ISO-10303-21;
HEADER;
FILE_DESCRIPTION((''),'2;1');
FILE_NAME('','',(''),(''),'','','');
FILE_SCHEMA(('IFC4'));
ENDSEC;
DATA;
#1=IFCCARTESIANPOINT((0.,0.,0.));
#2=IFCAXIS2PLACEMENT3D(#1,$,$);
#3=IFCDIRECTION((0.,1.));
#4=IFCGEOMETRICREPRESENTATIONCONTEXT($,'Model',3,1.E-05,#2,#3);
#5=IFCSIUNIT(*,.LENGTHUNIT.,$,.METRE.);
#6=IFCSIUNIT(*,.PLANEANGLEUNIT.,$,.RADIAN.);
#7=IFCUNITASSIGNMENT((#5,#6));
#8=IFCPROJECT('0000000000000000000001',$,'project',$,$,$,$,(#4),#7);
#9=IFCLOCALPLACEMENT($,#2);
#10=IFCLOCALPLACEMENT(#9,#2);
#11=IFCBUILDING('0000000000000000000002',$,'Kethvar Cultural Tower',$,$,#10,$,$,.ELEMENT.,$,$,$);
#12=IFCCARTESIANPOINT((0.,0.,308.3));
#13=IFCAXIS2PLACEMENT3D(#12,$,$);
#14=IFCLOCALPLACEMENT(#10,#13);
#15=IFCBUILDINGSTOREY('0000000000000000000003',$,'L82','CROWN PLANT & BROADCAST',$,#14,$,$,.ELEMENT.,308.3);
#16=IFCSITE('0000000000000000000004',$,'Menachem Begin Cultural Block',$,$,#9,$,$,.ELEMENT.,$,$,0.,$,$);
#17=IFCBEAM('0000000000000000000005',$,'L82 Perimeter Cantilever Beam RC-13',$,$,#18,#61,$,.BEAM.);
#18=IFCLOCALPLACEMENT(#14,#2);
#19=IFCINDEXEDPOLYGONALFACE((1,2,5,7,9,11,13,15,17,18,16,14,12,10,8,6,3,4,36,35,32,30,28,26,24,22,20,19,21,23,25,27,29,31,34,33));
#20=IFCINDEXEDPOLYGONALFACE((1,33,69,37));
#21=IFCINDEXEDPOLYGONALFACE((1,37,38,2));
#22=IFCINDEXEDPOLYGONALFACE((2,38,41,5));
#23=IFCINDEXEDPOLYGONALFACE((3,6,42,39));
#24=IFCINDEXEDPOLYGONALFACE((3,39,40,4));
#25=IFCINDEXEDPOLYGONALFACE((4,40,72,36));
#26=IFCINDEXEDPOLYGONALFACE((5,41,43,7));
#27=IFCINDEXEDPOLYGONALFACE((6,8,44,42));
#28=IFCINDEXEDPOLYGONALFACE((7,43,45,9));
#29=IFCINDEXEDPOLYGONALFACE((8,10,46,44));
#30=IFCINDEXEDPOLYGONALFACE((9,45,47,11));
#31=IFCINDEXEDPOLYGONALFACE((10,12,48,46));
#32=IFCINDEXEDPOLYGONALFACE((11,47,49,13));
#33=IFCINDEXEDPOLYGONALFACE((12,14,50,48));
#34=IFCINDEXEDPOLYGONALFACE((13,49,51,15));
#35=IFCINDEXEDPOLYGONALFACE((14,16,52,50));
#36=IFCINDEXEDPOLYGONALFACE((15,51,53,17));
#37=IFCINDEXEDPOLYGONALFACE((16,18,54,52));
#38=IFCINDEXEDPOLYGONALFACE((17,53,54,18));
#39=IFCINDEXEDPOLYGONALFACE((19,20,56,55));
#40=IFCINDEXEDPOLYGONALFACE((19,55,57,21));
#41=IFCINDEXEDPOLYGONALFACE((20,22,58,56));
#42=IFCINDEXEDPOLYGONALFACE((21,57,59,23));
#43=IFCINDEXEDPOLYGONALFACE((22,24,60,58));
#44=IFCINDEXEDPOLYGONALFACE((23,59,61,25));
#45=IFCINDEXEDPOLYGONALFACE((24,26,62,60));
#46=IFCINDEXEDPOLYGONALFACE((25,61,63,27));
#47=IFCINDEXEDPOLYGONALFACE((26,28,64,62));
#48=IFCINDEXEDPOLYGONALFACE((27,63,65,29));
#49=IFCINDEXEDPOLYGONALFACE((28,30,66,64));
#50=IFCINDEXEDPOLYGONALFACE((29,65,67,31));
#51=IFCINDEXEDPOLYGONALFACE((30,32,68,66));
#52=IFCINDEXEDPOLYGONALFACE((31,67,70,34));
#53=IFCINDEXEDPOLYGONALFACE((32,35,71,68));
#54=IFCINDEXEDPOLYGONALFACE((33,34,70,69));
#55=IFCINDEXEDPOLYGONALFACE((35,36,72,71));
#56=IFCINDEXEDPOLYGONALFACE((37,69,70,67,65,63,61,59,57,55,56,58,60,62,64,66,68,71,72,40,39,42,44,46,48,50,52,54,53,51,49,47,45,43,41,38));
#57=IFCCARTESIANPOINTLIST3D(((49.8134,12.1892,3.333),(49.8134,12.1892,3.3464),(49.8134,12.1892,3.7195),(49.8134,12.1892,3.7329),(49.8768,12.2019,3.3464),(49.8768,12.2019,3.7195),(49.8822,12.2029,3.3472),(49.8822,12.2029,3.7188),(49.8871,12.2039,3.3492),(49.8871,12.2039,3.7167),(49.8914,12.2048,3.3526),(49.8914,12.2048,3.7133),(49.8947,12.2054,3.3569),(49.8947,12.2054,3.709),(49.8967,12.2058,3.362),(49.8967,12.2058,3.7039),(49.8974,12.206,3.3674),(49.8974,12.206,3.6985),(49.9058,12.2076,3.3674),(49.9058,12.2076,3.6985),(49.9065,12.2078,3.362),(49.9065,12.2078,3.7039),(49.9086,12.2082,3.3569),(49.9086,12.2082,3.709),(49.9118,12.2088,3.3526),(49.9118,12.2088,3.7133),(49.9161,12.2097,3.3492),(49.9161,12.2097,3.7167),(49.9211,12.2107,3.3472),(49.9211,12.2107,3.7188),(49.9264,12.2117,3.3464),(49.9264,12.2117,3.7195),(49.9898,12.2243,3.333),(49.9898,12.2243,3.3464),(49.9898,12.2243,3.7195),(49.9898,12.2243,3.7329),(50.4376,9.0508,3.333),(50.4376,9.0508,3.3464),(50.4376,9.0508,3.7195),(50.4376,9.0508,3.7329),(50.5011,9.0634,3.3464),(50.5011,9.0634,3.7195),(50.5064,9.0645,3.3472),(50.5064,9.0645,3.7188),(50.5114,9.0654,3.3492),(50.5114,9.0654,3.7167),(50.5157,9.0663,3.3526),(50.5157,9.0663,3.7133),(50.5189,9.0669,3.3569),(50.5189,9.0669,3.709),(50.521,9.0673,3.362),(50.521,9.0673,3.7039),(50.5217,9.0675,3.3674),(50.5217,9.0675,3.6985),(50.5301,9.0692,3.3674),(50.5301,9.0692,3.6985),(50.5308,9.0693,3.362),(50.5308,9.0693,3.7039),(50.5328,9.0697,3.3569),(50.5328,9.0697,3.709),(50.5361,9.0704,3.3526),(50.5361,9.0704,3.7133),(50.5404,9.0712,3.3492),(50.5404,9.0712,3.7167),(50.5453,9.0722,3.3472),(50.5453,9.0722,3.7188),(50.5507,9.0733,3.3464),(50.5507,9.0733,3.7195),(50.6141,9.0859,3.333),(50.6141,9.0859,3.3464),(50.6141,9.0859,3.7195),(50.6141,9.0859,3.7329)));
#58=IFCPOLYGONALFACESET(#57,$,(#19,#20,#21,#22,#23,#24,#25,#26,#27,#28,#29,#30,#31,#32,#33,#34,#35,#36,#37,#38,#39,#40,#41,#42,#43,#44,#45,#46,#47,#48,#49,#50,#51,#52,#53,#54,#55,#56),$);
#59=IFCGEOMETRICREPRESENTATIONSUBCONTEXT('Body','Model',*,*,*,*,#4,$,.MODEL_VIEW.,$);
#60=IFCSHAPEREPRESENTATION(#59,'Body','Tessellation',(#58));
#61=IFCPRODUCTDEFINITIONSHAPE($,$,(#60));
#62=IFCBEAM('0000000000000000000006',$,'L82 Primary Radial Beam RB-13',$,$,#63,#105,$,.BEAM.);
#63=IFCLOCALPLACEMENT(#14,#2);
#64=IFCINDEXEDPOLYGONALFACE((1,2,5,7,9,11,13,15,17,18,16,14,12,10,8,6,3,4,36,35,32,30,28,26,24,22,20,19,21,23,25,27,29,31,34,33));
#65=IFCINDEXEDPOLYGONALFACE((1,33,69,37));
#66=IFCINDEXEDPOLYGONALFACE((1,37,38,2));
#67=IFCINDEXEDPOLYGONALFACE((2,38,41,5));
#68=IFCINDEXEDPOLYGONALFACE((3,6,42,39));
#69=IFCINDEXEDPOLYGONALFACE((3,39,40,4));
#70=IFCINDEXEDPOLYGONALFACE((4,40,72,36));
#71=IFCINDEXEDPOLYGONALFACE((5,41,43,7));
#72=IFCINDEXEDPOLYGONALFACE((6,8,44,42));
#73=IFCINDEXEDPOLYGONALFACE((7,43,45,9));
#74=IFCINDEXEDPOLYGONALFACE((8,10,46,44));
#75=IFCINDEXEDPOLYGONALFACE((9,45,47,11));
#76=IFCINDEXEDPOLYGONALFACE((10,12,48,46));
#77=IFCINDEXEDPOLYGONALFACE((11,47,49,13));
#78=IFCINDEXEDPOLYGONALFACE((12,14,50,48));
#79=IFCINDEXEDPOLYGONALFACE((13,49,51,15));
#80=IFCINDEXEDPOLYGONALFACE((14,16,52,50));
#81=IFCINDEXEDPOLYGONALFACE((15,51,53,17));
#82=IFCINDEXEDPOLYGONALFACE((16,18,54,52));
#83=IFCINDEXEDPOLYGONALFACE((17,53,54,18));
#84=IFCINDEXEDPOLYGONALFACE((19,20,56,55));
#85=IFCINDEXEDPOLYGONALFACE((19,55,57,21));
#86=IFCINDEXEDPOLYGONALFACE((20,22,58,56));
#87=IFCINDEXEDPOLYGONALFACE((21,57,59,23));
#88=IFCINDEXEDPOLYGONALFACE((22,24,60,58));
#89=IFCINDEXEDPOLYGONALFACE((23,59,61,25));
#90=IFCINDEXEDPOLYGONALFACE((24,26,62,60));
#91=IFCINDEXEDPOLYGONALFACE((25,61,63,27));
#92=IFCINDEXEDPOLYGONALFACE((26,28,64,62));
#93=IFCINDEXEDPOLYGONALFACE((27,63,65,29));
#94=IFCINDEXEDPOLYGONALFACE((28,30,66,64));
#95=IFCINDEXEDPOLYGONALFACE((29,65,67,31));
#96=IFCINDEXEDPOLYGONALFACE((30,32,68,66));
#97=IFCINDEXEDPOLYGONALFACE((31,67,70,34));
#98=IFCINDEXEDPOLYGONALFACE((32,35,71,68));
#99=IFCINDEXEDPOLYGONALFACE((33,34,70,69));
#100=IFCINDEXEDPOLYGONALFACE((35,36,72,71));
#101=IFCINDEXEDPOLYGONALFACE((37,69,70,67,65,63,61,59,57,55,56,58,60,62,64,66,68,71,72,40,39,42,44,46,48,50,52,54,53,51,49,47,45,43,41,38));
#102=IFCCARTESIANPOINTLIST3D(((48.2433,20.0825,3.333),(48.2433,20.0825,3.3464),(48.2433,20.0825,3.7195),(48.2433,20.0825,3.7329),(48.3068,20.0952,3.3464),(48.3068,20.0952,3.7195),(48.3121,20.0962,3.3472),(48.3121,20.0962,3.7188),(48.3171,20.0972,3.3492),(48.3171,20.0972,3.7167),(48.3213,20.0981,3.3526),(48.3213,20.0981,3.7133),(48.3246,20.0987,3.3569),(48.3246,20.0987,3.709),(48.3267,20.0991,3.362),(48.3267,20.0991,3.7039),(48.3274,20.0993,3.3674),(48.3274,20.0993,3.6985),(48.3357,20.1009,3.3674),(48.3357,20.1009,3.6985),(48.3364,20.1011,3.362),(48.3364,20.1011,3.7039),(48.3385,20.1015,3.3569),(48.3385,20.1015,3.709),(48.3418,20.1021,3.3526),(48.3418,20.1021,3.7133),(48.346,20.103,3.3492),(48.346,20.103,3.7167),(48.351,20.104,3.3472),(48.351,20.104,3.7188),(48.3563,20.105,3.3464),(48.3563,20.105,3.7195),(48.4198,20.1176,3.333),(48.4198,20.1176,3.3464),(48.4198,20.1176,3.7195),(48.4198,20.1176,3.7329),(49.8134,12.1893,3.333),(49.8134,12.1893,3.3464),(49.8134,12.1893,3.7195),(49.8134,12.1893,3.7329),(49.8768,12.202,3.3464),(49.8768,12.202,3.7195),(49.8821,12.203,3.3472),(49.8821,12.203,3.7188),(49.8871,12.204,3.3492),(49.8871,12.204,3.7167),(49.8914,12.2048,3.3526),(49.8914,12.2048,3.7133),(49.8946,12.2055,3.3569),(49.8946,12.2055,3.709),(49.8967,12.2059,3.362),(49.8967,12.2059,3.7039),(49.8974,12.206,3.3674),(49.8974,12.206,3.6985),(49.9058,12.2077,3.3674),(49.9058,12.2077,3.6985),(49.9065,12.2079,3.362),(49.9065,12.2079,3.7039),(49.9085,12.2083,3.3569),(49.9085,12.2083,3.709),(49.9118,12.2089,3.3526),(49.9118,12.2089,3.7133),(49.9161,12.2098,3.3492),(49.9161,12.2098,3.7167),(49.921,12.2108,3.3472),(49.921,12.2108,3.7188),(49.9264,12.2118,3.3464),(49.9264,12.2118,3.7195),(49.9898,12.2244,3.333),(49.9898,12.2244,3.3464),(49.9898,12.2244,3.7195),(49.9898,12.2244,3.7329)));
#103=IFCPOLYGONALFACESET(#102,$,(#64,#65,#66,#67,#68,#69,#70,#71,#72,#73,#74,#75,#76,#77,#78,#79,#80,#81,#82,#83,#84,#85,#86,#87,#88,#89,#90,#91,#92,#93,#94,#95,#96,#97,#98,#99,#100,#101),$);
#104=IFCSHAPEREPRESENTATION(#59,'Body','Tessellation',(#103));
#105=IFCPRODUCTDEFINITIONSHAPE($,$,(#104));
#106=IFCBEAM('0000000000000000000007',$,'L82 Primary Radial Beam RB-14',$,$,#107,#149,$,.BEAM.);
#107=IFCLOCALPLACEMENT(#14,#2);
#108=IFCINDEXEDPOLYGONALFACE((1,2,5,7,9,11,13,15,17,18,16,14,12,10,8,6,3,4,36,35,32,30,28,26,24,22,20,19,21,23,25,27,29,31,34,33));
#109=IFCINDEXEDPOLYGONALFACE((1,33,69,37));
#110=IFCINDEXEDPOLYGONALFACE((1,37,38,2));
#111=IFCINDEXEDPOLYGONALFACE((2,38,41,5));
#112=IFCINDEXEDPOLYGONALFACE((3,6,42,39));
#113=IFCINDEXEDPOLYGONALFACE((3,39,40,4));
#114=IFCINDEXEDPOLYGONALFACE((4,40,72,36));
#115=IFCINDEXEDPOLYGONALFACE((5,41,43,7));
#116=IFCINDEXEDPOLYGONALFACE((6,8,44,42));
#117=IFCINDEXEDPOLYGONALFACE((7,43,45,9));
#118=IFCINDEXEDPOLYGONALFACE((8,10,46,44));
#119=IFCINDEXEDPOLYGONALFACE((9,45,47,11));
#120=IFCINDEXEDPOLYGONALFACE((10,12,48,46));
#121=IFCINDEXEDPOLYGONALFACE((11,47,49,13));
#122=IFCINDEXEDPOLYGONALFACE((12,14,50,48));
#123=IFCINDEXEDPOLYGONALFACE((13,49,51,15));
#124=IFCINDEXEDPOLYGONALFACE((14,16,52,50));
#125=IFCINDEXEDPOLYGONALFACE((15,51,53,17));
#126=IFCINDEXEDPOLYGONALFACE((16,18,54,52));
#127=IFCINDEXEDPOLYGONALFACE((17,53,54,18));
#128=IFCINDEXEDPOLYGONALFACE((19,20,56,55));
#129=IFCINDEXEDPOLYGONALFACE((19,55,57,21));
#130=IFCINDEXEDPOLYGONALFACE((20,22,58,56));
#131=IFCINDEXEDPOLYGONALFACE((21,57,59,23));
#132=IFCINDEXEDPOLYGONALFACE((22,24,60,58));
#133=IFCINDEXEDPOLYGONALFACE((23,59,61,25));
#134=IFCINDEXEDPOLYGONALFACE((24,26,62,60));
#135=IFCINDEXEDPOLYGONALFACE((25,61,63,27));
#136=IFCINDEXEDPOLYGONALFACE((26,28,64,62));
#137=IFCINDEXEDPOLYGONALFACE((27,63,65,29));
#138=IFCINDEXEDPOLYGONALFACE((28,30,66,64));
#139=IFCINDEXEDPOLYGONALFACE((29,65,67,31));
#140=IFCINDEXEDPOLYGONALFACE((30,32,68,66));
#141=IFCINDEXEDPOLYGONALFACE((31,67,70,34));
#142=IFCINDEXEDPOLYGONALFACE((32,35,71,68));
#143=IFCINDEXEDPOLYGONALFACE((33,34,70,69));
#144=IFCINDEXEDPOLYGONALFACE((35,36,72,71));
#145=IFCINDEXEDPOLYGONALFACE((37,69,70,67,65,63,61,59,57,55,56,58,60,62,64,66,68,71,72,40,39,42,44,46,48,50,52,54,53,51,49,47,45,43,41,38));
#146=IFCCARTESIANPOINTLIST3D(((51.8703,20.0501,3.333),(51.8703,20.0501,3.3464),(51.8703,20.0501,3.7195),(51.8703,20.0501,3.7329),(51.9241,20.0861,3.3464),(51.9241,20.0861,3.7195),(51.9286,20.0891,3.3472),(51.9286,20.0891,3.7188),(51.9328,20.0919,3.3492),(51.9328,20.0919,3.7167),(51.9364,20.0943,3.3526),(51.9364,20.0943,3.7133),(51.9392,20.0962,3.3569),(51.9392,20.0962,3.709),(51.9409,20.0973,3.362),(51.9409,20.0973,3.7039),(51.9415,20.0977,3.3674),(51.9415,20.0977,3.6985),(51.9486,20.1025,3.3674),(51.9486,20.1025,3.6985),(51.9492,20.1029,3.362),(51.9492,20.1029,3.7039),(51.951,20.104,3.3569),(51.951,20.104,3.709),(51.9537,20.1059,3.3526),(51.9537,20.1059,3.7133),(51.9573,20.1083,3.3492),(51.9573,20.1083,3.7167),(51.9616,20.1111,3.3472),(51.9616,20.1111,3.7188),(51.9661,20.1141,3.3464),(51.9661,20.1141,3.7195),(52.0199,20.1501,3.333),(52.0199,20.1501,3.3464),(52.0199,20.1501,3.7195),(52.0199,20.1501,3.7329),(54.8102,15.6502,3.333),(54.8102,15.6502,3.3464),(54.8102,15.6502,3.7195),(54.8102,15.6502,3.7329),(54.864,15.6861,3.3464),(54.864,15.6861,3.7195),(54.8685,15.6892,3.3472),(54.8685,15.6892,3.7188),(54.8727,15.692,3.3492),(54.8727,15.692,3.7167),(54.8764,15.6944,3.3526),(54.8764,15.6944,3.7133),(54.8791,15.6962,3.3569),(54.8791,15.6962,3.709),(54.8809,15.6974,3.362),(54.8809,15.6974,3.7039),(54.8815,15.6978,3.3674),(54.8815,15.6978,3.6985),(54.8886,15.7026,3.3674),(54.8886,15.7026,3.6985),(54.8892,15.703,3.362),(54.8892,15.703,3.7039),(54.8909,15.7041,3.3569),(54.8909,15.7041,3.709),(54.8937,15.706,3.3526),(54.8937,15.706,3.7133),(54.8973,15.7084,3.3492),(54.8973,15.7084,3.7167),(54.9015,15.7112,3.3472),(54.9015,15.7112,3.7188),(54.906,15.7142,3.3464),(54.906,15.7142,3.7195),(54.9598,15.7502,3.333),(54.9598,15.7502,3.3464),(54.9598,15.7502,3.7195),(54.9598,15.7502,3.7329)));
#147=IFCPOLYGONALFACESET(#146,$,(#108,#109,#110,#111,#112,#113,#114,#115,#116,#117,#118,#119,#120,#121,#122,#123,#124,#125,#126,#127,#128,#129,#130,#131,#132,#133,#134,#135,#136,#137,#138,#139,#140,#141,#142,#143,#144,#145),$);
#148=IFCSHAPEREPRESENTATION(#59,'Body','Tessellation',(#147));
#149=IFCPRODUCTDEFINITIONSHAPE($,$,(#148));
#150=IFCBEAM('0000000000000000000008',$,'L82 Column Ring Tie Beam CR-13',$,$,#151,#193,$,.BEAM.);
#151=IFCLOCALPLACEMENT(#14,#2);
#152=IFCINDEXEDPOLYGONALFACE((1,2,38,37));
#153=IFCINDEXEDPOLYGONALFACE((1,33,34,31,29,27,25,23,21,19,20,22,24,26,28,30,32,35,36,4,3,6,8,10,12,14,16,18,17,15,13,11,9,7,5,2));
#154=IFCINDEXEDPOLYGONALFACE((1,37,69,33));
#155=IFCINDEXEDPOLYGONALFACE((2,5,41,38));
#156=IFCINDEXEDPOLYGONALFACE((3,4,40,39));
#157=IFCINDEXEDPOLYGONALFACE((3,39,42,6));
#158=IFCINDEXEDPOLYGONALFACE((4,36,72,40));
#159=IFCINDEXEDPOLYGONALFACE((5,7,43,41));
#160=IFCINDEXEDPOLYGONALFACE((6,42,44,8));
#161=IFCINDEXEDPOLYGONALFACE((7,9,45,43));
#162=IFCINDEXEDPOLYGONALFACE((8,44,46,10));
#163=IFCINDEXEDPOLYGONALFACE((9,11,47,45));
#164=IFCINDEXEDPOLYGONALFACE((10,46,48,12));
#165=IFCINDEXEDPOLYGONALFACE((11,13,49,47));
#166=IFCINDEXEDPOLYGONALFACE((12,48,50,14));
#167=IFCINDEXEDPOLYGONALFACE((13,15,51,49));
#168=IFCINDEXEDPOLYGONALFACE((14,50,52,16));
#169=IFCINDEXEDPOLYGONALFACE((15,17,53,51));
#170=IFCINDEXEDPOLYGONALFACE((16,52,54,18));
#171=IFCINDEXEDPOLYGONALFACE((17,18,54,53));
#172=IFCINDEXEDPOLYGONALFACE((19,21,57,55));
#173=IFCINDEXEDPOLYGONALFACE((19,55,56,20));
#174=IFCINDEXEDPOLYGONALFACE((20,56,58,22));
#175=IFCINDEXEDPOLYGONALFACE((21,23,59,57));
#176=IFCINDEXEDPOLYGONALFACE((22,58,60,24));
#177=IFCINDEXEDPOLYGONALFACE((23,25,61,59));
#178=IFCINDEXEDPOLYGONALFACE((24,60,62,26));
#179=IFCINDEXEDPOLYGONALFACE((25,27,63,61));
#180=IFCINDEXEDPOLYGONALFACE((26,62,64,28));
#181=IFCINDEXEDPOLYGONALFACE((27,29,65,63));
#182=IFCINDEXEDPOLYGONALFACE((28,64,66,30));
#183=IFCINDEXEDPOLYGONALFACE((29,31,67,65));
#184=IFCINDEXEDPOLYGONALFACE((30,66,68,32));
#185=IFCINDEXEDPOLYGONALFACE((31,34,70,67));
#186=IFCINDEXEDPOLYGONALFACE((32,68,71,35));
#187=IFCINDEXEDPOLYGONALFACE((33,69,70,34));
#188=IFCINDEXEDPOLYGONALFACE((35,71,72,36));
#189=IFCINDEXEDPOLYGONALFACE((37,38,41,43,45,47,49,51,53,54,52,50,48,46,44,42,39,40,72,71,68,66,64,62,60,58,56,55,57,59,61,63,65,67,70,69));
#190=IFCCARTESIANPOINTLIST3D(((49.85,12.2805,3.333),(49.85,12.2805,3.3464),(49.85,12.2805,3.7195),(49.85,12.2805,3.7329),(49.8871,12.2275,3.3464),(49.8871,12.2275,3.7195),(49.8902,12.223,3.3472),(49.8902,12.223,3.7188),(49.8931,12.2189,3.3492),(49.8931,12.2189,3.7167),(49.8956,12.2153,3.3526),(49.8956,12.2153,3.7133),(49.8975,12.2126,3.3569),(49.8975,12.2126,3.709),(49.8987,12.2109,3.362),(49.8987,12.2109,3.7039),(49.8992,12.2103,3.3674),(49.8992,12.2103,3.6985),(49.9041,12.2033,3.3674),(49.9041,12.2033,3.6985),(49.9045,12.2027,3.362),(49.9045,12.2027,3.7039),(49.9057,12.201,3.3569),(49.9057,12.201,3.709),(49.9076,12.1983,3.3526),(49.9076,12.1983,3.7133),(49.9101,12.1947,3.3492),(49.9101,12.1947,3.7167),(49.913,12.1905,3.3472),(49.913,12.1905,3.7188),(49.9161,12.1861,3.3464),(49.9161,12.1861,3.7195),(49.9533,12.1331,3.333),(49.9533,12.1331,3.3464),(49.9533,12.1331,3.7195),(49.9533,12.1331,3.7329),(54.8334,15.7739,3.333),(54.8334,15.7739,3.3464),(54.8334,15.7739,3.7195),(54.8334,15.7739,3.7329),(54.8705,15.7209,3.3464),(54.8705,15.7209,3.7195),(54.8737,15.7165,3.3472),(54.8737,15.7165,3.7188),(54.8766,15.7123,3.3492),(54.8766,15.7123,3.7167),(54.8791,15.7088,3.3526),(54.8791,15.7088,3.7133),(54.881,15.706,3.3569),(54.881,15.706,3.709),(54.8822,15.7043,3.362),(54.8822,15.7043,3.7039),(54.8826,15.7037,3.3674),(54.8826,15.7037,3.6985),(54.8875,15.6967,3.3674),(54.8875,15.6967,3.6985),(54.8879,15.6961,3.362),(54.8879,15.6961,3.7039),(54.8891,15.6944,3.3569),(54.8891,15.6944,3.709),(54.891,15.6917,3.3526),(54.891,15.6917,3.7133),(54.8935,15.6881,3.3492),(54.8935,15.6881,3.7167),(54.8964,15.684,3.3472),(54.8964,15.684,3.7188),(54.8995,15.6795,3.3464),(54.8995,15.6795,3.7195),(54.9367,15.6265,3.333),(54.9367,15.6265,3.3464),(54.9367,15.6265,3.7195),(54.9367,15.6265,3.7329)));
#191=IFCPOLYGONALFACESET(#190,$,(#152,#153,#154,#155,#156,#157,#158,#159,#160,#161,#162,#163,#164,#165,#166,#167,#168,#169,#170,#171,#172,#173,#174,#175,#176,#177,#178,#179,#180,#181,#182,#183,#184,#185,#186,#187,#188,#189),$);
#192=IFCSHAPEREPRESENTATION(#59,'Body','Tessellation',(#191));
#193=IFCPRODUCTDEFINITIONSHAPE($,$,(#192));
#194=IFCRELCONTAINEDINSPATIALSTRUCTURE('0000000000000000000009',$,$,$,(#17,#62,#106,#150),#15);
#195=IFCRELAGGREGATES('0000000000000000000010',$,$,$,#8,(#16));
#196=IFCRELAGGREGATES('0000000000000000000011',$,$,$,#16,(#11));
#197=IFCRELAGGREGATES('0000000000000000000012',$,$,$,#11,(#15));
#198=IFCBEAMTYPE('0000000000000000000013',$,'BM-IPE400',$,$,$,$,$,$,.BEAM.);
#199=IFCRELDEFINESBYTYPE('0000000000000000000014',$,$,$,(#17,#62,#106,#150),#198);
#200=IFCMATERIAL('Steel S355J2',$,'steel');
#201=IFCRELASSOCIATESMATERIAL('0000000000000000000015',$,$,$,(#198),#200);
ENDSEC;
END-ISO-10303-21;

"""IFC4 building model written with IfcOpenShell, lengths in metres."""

from ifc_helpers import new_model, si_unit, direction, frame, origin, origin_2d, place, context, subcontext, project, spatial, i_section, extrude, source, transform, mapped, material, material_profile, profile_set, type_object, element, save


model = new_model("IFC4")

# Units and contexts
model_context = context("Model", 3, precision=1e-05, world=origin(), true_north=direction((0.0, 1.0)))
body_context = subcontext(model_context, "Body", "Model", "MODEL_VIEW")
ifc_project = project(units=[si_unit("LENGTHUNIT", "METRE"), si_unit("PLANEANGLEUNIT", "RADIAN")], contexts=[model_context])

# Site, building, storey
site_placement = place(None, origin())
site = spatial("IfcSite", under=ifc_project, at=site_placement, Name="Menachem Begin Cultural Block", CompositionType="ELEMENT", RefElevation=0.0)
building_placement = place(site_placement, origin())
building = spatial("IfcBuilding", under=site, at=building_placement, Name="Kethvar Cultural Tower", CompositionType="ELEMENT")
storey_placement = place(building_placement, frame((0.0, 0.0, 308.3)))
storey = spatial("IfcBuildingStorey", under=building, at=storey_placement, Name="L82", Description="CROWN PLANT & BROADCAST", CompositionType="ELEMENT", Elevation=308.3)

# Shared definitions
ifc_material_1 = material(Name="Steel S355J2", Category="steel")

# Beams
ifc_material_profile_1 = material_profile(ifc_material_1, i_section(OverallWidth=0.1799, OverallDepth=0.3999, WebThickness=0.0085, FlangeThickness=0.0134, FilletRadius=0.021, at=origin_2d()), Name="Steel S355J2 — IPE400")
ifc_profile_set_1 = profile_set([ifc_material_profile_1], Name="Steel S355J2 — IPE400")
beam_type_1 = type_object("IfcBeamType", Name="BM-IPE400", PredefinedType="BEAM", material=ifc_profile_set_1)
shared_shape_1 = source(origin(), body_context, "Body", "SweptSolid", [
    extrude(i_section(OverallWidth=0.1799, OverallDepth=0.3999, WebThickness=0.0085, FlangeThickness=0.0134, FilletRadius=0.021, at=origin_2d()), origin(), (0.0, 0.0, 1.0), 3.2),
])
beam_1_placement = place(storey_placement, frame((49.9016, 12.2068, 3.533), z_axis=(0.195089, -0.980786, 0.0), x_axis=(0.980786, 0.195089, 0.0)))
element("IfcBeam", 1, at=beam_1_placement, inside=storey, type_object=beam_type_1, Name="L82 Perimeter Cantilever Beam RC-13", PredefinedType="BEAM", context=body_context, shape_type="MappedRepresentation", body=[
    mapped(shared_shape_1, transform((0.0, 0.0, 0.0), scale=1.0)),
])
shared_shape_2 = source(origin(), body_context, "Body", "SweptSolid", [
    extrude(i_section(OverallWidth=0.1799, OverallDepth=0.3999, WebThickness=0.0085, FlangeThickness=0.0134, FilletRadius=0.021, at=origin_2d()), origin(), (0.0, 0.0, 1.0), 8.0479),
])
beam_2_placement = place(storey_placement, frame((48.3315, 20.1001, 3.533), z_axis=(0.195089, -0.980785, 0.0), x_axis=(0.980785, 0.195089, 0.0)))
element("IfcBeam", 2, at=beam_2_placement, inside=storey, type_object=beam_type_1, Name="L82 Primary Radial Beam RB-13", PredefinedType="BEAM", context=body_context, shape_type="MappedRepresentation", body=[
    mapped(shared_shape_2, transform((0.0, 0.0, 0.0), scale=1.0)),
])
shared_shape_3 = source(origin(), body_context, "Body", "SweptSolid", [
    extrude(i_section(OverallWidth=0.1799, OverallDepth=0.3999, WebThickness=0.0085, FlangeThickness=0.0134, FilletRadius=0.021, at=origin_2d()), origin(), (0.0, 0.0, 1.0), 5.2917),
])
beam_3_placement = place(storey_placement, frame((51.9451, 20.1001, 3.533), z_axis=(0.555573, -0.831468, 0.0), x_axis=(0.831468, 0.555573, 0.0)))
element("IfcBeam", 3, at=beam_3_placement, inside=storey, type_object=beam_type_1, Name="L82 Primary Radial Beam RB-14", PredefinedType="BEAM", context=body_context, shape_type="MappedRepresentation", body=[
    mapped(shared_shape_3, transform((0.0, 0.0, 0.0), scale=1.0)),
])
shared_shape_4 = source(origin(), body_context, "Body", "SweptSolid", [
    extrude(i_section(OverallWidth=0.1799, OverallDepth=0.3999, WebThickness=0.0085, FlangeThickness=0.0134, FilletRadius=0.021, at=origin_2d()), origin(), (0.0, 0.0, 1.0), 6.0859),
])
beam_4_placement = place(storey_placement, frame((49.9016, 12.2068, 3.533), z_axis=(0.818843, 0.574017, 0.0), x_axis=(-0.574017, 0.818843, 0.0)))
element("IfcBeam", 4, at=beam_4_placement, inside=storey, type_object=beam_type_1, Name="L82 Column Ring Tie Beam CR-13", PredefinedType="BEAM", context=body_context, shape_type="MappedRepresentation", body=[
    mapped(shared_shape_4, transform((0.0, 0.0, 0.0), scale=1.0)),
])

save(model, "model.ifc")
